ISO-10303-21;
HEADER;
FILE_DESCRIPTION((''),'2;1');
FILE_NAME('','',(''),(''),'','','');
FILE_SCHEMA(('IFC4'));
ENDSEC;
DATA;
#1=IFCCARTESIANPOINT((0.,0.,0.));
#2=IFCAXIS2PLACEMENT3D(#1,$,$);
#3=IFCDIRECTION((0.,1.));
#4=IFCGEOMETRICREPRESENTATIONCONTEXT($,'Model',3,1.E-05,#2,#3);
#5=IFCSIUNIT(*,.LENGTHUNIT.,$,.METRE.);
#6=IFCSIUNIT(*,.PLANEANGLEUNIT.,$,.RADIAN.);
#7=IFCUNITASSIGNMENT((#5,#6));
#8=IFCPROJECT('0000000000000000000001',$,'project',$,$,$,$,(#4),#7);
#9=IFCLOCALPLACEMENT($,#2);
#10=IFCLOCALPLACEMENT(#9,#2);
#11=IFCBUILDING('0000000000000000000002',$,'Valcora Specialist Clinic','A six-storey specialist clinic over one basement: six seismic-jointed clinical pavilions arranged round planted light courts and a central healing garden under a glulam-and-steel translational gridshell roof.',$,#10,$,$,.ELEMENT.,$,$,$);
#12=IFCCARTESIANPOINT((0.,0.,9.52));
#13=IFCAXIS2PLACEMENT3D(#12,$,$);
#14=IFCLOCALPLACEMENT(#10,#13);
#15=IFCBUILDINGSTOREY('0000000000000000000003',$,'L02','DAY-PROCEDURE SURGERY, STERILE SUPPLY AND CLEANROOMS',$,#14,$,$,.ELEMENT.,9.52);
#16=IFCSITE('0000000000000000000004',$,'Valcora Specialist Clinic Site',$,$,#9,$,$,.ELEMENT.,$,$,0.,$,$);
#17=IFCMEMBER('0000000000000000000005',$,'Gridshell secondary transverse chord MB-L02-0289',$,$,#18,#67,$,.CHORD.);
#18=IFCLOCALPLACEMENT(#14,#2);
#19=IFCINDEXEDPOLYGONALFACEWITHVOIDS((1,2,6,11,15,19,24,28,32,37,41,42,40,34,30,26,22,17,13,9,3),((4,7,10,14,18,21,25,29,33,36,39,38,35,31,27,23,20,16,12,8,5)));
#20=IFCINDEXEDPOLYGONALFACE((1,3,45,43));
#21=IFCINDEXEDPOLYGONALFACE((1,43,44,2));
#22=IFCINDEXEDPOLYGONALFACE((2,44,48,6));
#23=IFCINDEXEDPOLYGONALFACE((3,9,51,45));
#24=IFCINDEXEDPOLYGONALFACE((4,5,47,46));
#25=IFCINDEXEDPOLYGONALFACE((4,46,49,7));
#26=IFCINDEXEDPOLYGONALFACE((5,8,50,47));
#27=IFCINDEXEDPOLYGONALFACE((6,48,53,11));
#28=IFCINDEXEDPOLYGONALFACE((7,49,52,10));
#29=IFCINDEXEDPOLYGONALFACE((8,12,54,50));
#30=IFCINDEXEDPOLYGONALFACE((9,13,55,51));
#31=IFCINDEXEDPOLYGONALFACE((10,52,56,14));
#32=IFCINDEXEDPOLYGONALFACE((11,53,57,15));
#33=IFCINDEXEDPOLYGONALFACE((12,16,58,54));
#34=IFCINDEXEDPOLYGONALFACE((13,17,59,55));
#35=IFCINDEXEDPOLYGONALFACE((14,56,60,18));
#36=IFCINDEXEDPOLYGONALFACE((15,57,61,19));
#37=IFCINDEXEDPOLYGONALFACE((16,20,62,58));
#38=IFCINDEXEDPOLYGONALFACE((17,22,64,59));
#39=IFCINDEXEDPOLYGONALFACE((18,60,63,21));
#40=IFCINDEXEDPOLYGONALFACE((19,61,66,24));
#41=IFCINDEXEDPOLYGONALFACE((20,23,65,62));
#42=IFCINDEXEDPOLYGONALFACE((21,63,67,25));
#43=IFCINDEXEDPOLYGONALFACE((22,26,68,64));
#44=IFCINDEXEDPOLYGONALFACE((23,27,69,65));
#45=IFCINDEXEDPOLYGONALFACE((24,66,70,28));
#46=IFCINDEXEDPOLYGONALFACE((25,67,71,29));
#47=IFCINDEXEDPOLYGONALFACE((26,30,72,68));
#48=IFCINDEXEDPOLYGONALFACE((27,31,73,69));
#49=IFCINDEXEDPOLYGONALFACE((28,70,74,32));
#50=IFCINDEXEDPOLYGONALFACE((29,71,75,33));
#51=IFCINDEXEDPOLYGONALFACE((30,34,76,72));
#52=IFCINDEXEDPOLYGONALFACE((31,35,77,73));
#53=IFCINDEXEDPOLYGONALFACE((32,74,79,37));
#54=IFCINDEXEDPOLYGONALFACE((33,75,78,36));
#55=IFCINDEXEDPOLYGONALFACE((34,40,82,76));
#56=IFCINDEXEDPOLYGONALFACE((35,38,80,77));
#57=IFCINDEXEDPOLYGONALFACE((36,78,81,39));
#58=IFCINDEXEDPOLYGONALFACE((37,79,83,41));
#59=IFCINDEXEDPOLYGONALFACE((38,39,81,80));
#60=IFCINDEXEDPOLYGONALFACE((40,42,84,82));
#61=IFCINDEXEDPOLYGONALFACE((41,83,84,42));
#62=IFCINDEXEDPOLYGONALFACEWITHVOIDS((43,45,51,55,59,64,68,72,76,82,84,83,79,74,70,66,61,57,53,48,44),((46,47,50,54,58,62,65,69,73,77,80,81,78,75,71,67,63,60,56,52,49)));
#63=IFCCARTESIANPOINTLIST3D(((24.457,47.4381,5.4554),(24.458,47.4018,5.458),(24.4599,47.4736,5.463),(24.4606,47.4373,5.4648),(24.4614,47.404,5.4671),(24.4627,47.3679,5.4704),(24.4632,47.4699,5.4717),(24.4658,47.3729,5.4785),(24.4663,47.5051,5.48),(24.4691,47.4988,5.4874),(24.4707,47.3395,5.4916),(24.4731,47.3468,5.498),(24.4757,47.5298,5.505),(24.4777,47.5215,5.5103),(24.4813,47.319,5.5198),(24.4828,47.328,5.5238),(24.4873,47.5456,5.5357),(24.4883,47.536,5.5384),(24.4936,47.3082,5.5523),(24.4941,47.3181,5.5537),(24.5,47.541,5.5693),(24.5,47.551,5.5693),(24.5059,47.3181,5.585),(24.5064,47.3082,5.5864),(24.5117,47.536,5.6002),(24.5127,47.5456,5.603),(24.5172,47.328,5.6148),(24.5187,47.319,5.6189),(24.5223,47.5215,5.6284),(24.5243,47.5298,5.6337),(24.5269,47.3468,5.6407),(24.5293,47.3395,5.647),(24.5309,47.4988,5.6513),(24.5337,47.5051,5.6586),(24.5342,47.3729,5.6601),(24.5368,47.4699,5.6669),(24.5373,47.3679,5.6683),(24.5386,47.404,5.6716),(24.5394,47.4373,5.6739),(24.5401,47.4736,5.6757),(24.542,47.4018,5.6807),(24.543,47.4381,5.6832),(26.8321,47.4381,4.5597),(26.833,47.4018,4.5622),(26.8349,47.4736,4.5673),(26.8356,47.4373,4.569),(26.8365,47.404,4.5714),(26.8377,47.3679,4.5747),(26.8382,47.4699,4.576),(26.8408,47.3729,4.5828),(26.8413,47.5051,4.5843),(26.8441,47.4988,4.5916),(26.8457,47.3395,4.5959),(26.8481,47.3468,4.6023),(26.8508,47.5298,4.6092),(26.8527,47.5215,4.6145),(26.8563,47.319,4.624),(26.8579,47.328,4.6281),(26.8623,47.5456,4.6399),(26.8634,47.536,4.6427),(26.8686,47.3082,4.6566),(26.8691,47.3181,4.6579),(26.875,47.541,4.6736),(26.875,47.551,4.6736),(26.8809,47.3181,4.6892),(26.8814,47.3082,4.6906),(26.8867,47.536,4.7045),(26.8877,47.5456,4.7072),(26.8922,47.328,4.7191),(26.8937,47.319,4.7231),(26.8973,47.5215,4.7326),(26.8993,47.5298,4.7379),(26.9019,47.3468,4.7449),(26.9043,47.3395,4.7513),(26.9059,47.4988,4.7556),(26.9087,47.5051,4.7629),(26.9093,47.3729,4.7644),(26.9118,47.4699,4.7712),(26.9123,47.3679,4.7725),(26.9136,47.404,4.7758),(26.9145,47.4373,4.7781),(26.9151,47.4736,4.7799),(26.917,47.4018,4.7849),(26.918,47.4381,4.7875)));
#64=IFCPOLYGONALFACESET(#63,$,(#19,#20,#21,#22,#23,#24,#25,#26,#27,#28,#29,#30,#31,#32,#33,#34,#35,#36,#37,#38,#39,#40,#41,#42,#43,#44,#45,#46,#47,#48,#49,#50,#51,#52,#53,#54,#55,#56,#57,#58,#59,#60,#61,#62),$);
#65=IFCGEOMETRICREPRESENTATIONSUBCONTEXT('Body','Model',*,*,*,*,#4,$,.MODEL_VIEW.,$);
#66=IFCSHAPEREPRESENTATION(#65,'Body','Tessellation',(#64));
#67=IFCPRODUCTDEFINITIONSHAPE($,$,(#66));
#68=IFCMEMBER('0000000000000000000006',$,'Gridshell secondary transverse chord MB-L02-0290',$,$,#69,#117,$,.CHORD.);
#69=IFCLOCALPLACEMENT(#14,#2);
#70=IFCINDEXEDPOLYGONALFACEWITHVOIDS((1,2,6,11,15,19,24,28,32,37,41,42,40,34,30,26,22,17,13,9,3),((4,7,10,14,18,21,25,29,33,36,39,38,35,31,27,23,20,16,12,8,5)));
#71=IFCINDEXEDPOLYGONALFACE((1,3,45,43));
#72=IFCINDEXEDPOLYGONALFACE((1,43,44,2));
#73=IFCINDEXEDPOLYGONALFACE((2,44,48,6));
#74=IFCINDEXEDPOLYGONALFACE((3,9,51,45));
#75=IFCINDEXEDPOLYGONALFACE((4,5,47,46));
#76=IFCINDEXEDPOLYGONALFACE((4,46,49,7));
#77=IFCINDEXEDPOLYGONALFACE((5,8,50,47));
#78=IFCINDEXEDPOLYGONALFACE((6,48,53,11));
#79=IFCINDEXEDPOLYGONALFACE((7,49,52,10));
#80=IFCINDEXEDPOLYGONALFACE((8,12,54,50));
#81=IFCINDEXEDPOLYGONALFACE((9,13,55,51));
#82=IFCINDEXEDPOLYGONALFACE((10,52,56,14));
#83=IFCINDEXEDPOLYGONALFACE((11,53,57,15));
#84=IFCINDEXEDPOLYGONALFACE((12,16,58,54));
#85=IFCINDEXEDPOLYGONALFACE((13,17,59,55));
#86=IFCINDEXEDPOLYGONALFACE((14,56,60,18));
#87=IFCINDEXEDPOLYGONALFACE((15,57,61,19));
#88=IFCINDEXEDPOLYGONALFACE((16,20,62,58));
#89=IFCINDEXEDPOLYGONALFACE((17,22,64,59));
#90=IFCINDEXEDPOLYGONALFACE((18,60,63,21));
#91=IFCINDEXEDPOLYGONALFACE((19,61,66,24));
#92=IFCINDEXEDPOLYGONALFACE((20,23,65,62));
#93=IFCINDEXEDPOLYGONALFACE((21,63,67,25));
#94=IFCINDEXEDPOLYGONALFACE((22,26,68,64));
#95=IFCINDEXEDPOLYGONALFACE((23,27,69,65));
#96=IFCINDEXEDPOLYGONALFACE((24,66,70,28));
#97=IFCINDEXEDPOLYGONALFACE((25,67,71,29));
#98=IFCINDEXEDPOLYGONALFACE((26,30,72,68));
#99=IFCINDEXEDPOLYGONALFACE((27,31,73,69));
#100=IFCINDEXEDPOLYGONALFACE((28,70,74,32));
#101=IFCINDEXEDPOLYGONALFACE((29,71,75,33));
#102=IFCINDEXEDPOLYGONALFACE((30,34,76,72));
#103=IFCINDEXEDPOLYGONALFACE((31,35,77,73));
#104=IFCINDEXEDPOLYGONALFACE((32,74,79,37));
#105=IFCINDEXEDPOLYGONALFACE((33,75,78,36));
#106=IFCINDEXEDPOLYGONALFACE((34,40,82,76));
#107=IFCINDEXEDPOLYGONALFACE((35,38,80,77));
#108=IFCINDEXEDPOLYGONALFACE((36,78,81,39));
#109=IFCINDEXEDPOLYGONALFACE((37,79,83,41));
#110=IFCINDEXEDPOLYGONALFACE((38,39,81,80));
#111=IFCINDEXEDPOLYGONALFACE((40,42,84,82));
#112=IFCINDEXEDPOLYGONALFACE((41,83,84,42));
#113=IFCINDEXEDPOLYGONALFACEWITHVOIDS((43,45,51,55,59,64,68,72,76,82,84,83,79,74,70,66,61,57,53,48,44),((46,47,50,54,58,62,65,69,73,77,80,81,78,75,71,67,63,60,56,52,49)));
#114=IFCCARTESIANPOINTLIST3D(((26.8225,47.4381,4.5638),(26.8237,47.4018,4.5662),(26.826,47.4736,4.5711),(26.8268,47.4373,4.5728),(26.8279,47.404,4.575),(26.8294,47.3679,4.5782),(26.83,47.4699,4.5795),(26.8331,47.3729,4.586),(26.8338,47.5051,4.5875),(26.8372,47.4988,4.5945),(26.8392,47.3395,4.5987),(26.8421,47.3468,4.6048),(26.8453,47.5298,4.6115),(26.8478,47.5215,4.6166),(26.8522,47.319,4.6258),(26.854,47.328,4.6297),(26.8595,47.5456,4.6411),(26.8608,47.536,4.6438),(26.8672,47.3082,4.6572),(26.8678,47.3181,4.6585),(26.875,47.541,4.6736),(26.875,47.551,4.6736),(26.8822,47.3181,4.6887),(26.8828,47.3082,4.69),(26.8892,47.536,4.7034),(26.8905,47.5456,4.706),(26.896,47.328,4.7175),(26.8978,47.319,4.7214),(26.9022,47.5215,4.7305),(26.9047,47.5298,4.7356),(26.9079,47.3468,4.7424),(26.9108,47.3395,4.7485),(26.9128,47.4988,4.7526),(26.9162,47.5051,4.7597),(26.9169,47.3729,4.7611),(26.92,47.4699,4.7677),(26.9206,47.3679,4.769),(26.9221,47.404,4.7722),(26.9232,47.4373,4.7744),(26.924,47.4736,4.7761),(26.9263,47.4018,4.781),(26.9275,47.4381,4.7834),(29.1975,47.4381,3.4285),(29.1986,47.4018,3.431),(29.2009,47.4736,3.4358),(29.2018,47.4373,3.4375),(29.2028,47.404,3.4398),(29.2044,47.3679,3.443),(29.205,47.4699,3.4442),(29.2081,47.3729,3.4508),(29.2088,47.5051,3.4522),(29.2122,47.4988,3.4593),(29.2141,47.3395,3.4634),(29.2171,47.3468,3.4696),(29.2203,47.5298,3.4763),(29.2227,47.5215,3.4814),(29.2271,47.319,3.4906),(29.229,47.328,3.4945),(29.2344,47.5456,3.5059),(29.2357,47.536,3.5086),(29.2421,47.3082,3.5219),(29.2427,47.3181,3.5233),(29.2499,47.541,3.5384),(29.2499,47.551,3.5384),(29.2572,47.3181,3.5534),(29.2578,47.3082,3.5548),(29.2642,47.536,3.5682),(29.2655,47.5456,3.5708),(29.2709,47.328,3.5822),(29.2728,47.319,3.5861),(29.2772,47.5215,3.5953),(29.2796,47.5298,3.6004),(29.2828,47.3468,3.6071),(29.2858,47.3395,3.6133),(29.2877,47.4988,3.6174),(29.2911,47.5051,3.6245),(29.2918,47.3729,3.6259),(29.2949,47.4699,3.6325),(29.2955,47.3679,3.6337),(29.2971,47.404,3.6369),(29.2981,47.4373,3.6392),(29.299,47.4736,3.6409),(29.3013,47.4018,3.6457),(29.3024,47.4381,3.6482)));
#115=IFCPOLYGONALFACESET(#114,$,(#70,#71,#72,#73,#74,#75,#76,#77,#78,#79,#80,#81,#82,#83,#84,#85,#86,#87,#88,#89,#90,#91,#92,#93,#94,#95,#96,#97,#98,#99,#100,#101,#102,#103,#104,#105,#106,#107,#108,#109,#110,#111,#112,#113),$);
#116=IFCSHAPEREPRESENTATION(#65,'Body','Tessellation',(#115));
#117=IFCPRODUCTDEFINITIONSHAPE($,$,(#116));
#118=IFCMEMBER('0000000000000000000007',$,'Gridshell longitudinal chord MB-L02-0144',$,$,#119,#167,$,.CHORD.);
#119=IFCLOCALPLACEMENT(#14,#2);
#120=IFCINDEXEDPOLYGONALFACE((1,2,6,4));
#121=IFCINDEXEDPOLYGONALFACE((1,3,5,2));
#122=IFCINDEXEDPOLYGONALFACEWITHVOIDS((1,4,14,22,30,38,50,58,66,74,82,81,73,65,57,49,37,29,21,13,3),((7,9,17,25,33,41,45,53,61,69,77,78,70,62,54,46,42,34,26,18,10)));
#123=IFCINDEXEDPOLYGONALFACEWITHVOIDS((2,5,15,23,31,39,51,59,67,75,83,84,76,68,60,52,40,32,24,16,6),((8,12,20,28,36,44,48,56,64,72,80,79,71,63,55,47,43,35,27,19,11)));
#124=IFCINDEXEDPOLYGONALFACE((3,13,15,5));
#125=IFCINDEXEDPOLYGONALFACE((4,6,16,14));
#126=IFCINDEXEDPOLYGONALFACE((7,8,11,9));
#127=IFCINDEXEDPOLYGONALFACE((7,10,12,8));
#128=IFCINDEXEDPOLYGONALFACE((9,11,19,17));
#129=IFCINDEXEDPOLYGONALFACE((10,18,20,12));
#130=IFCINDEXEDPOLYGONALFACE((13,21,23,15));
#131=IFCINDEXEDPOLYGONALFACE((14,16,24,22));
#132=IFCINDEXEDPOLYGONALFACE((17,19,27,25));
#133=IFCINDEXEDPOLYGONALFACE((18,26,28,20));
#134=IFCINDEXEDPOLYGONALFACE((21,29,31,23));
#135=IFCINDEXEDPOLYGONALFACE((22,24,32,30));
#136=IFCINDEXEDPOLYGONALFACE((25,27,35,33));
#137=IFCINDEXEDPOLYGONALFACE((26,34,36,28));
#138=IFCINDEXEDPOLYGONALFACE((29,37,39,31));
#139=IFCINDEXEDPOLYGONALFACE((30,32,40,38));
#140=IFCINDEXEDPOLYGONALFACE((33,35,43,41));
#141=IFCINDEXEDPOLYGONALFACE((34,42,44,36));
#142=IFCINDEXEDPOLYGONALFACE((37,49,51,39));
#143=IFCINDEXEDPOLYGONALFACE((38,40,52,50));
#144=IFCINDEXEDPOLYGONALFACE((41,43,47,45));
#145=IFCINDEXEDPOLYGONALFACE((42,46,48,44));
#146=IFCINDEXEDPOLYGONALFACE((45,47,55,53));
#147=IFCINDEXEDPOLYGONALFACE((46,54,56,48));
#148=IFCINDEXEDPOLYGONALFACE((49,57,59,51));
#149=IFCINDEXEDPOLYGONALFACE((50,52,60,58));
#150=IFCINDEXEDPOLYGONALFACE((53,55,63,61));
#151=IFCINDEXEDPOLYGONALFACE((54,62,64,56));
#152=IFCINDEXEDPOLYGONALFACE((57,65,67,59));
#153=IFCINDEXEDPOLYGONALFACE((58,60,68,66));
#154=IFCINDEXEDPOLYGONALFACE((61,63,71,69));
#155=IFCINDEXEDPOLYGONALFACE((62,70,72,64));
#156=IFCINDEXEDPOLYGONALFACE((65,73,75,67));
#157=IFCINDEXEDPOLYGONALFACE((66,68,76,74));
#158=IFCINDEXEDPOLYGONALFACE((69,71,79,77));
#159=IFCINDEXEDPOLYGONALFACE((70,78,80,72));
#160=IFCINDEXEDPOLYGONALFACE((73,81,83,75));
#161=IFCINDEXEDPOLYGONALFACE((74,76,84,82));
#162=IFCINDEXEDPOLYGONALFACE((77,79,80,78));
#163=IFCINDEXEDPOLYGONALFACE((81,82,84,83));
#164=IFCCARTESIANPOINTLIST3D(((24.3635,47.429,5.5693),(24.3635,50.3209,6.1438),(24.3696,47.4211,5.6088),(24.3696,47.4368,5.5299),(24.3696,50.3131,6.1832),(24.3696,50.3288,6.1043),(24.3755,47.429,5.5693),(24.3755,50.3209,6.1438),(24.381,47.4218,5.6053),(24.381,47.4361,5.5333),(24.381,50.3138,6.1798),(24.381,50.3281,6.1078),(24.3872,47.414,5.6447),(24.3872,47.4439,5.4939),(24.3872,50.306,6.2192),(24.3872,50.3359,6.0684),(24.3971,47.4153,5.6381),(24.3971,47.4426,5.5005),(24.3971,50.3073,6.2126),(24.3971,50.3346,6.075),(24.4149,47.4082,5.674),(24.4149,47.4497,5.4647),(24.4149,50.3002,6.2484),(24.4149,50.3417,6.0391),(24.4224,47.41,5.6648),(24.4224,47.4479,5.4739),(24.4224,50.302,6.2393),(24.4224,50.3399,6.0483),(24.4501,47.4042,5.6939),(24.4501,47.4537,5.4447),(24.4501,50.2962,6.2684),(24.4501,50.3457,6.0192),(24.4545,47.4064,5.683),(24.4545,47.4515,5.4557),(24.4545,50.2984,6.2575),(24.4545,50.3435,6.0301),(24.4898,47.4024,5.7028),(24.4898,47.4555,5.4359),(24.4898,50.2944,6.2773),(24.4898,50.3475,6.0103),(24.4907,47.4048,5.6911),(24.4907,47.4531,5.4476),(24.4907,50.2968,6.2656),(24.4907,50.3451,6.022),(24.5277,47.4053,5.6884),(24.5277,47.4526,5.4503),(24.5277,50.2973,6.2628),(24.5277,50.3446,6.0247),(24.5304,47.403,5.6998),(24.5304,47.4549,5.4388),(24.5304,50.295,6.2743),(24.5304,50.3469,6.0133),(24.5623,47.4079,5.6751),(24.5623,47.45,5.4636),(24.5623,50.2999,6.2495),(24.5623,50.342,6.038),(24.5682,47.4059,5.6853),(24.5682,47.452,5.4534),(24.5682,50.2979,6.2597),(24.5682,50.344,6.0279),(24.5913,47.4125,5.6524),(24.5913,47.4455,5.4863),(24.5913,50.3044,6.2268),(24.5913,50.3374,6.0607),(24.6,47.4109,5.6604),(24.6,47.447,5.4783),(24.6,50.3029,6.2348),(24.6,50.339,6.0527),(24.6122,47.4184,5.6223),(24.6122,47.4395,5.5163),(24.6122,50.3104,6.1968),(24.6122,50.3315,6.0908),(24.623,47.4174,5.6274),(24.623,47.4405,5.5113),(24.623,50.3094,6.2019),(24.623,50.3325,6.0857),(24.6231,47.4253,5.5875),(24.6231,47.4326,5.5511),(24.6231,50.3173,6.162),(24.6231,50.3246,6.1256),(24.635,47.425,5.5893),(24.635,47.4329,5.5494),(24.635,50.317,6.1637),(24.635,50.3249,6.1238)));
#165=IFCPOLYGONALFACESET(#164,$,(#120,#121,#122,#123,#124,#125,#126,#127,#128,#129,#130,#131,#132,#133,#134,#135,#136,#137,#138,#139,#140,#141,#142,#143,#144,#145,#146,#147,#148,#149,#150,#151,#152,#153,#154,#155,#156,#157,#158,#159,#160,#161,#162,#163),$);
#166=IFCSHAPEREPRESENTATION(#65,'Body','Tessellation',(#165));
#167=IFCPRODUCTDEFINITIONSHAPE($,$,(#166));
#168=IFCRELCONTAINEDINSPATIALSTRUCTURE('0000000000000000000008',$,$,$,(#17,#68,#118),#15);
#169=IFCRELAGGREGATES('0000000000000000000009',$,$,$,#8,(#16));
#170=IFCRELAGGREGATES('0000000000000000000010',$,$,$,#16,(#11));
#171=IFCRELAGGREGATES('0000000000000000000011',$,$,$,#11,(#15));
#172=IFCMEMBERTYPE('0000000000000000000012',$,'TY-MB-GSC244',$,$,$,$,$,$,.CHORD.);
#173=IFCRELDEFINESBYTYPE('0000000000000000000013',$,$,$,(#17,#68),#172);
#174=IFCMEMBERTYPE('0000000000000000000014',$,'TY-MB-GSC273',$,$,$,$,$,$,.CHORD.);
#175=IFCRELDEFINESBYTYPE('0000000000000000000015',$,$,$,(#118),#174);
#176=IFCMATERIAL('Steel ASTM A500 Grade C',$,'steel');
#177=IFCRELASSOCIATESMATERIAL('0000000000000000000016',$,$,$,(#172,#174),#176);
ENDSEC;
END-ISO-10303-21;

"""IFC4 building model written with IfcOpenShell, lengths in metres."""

from ifc_helpers import new_model, si_unit, direction, frame, origin, origin_2d, place, context, subcontext, project, spatial, hollow_circle, extrude, material, material_profile, profile_set, type_object, element, save


model = new_model("IFC4")

# Units and contexts
model_context = context("Model", 3, precision=1e-05, world=origin(), true_north=direction((0.0, 1.0)))
body_context = subcontext(model_context, "Body", "Model", "MODEL_VIEW")
ifc_project = project(units=[si_unit("LENGTHUNIT", "METRE"), si_unit("PLANEANGLEUNIT", "RADIAN")], contexts=[model_context])

# Site, building, storey
site_placement = place(None, origin())
site = spatial("IfcSite", under=ifc_project, at=site_placement, Name="Valcora Specialist Clinic Site", CompositionType="ELEMENT", RefElevation=0.0)
building_placement = place(site_placement, origin())
building = spatial("IfcBuilding", under=site, at=building_placement, Name="Valcora Specialist Clinic", Description="A six-storey specialist clinic over one basement: six seismic-jointed clinical pavilions arranged round planted light courts and a central healing garden under a glulam-and-steel translational gridshell roof.", CompositionType="ELEMENT")
storey_placement = place(building_placement, frame((0.0, 0.0, 9.52)))
storey = spatial("IfcBuildingStorey", under=building, at=storey_placement, Name="L02", Description="DAY-PROCEDURE SURGERY, STERILE SUPPLY AND CLEANROOMS", CompositionType="ELEMENT", Elevation=9.52)

# Members
ifc_material_1 = material(Name="Steel ASTM A500 Grade C", Category="steel")
ifc_material_profile_1 = material_profile(ifc_material_1, hollow_circle(Radius=0.1221, WallThickness=0.01, at=origin_2d()), Name="ST-CHS-244X10")
ifc_profile_set_1 = profile_set([ifc_material_profile_1], Name="Steel ASTM A500 Grade C")
member_type_1 = type_object("IfcMemberType", Name="TY-MB-GSC244", PredefinedType="CHORD", material=ifc_profile_set_1)
member_1_placement = place(storey_placement, frame((24.5, 47.429, 5.5693), z_axis=(0.935663, 0.0, -0.352894), x_axis=(0.0, 1.0, 0.0)))
element("IfcMember", 1, at=member_1_placement, inside=storey, type_object=member_type_1, Name="Gridshell secondary transverse chord MB-L02-0289", PredefinedType="CHORD", context=body_context, shape_type="SweptSolid", body=[
    extrude(hollow_circle(Radius=0.1221, WallThickness=0.01, at=origin_2d()), origin(), (0.0, 0.0, 1.0), 2.5383),
])
member_2_placement = place(storey_placement, frame((26.875, 47.429, 4.6736), z_axis=(0.902225, 0.0, -0.431265), x_axis=(0.0, 1.0, 0.0)))
element("IfcMember", 2, at=member_2_placement, inside=storey, type_object=member_type_1, Name="Gridshell secondary transverse chord MB-L02-0290", PredefinedType="CHORD", context=body_context, shape_type="SweptSolid", body=[
    extrude(hollow_circle(Radius=0.1221, WallThickness=0.01, at=origin_2d()), origin(), (0.0, 0.0, 1.0), 2.6323),
])
ifc_material_profile_2 = material_profile(ifc_material_1, hollow_circle(Radius=0.1365, WallThickness=0.012, at=origin_2d()), Name="ST-CHS-273X12")
ifc_profile_set_2 = profile_set([ifc_material_profile_2], Name="Steel ASTM A500 Grade C")
member_type_2 = type_object("IfcMemberType", Name="TY-MB-GSC273", PredefinedType="CHORD", material=ifc_profile_set_2)
member_3_placement = place(storey_placement, frame((24.5, 47.429, 5.5693), z_axis=(0.0, 0.980838, 0.194826), x_axis=(-1.0, 0.0, 0.0)))
element("IfcMember", 3, at=member_3_placement, inside=storey, type_object=member_type_2, Name="Gridshell longitudinal chord MB-L02-0144", PredefinedType="CHORD", context=body_context, shape_type="SweptSolid", body=[
    extrude(hollow_circle(Radius=0.1365, WallThickness=0.012, at=origin_2d()), origin(), (0.0, 0.0, 1.0), 2.9485),
])

save(model, "model.ifc")
